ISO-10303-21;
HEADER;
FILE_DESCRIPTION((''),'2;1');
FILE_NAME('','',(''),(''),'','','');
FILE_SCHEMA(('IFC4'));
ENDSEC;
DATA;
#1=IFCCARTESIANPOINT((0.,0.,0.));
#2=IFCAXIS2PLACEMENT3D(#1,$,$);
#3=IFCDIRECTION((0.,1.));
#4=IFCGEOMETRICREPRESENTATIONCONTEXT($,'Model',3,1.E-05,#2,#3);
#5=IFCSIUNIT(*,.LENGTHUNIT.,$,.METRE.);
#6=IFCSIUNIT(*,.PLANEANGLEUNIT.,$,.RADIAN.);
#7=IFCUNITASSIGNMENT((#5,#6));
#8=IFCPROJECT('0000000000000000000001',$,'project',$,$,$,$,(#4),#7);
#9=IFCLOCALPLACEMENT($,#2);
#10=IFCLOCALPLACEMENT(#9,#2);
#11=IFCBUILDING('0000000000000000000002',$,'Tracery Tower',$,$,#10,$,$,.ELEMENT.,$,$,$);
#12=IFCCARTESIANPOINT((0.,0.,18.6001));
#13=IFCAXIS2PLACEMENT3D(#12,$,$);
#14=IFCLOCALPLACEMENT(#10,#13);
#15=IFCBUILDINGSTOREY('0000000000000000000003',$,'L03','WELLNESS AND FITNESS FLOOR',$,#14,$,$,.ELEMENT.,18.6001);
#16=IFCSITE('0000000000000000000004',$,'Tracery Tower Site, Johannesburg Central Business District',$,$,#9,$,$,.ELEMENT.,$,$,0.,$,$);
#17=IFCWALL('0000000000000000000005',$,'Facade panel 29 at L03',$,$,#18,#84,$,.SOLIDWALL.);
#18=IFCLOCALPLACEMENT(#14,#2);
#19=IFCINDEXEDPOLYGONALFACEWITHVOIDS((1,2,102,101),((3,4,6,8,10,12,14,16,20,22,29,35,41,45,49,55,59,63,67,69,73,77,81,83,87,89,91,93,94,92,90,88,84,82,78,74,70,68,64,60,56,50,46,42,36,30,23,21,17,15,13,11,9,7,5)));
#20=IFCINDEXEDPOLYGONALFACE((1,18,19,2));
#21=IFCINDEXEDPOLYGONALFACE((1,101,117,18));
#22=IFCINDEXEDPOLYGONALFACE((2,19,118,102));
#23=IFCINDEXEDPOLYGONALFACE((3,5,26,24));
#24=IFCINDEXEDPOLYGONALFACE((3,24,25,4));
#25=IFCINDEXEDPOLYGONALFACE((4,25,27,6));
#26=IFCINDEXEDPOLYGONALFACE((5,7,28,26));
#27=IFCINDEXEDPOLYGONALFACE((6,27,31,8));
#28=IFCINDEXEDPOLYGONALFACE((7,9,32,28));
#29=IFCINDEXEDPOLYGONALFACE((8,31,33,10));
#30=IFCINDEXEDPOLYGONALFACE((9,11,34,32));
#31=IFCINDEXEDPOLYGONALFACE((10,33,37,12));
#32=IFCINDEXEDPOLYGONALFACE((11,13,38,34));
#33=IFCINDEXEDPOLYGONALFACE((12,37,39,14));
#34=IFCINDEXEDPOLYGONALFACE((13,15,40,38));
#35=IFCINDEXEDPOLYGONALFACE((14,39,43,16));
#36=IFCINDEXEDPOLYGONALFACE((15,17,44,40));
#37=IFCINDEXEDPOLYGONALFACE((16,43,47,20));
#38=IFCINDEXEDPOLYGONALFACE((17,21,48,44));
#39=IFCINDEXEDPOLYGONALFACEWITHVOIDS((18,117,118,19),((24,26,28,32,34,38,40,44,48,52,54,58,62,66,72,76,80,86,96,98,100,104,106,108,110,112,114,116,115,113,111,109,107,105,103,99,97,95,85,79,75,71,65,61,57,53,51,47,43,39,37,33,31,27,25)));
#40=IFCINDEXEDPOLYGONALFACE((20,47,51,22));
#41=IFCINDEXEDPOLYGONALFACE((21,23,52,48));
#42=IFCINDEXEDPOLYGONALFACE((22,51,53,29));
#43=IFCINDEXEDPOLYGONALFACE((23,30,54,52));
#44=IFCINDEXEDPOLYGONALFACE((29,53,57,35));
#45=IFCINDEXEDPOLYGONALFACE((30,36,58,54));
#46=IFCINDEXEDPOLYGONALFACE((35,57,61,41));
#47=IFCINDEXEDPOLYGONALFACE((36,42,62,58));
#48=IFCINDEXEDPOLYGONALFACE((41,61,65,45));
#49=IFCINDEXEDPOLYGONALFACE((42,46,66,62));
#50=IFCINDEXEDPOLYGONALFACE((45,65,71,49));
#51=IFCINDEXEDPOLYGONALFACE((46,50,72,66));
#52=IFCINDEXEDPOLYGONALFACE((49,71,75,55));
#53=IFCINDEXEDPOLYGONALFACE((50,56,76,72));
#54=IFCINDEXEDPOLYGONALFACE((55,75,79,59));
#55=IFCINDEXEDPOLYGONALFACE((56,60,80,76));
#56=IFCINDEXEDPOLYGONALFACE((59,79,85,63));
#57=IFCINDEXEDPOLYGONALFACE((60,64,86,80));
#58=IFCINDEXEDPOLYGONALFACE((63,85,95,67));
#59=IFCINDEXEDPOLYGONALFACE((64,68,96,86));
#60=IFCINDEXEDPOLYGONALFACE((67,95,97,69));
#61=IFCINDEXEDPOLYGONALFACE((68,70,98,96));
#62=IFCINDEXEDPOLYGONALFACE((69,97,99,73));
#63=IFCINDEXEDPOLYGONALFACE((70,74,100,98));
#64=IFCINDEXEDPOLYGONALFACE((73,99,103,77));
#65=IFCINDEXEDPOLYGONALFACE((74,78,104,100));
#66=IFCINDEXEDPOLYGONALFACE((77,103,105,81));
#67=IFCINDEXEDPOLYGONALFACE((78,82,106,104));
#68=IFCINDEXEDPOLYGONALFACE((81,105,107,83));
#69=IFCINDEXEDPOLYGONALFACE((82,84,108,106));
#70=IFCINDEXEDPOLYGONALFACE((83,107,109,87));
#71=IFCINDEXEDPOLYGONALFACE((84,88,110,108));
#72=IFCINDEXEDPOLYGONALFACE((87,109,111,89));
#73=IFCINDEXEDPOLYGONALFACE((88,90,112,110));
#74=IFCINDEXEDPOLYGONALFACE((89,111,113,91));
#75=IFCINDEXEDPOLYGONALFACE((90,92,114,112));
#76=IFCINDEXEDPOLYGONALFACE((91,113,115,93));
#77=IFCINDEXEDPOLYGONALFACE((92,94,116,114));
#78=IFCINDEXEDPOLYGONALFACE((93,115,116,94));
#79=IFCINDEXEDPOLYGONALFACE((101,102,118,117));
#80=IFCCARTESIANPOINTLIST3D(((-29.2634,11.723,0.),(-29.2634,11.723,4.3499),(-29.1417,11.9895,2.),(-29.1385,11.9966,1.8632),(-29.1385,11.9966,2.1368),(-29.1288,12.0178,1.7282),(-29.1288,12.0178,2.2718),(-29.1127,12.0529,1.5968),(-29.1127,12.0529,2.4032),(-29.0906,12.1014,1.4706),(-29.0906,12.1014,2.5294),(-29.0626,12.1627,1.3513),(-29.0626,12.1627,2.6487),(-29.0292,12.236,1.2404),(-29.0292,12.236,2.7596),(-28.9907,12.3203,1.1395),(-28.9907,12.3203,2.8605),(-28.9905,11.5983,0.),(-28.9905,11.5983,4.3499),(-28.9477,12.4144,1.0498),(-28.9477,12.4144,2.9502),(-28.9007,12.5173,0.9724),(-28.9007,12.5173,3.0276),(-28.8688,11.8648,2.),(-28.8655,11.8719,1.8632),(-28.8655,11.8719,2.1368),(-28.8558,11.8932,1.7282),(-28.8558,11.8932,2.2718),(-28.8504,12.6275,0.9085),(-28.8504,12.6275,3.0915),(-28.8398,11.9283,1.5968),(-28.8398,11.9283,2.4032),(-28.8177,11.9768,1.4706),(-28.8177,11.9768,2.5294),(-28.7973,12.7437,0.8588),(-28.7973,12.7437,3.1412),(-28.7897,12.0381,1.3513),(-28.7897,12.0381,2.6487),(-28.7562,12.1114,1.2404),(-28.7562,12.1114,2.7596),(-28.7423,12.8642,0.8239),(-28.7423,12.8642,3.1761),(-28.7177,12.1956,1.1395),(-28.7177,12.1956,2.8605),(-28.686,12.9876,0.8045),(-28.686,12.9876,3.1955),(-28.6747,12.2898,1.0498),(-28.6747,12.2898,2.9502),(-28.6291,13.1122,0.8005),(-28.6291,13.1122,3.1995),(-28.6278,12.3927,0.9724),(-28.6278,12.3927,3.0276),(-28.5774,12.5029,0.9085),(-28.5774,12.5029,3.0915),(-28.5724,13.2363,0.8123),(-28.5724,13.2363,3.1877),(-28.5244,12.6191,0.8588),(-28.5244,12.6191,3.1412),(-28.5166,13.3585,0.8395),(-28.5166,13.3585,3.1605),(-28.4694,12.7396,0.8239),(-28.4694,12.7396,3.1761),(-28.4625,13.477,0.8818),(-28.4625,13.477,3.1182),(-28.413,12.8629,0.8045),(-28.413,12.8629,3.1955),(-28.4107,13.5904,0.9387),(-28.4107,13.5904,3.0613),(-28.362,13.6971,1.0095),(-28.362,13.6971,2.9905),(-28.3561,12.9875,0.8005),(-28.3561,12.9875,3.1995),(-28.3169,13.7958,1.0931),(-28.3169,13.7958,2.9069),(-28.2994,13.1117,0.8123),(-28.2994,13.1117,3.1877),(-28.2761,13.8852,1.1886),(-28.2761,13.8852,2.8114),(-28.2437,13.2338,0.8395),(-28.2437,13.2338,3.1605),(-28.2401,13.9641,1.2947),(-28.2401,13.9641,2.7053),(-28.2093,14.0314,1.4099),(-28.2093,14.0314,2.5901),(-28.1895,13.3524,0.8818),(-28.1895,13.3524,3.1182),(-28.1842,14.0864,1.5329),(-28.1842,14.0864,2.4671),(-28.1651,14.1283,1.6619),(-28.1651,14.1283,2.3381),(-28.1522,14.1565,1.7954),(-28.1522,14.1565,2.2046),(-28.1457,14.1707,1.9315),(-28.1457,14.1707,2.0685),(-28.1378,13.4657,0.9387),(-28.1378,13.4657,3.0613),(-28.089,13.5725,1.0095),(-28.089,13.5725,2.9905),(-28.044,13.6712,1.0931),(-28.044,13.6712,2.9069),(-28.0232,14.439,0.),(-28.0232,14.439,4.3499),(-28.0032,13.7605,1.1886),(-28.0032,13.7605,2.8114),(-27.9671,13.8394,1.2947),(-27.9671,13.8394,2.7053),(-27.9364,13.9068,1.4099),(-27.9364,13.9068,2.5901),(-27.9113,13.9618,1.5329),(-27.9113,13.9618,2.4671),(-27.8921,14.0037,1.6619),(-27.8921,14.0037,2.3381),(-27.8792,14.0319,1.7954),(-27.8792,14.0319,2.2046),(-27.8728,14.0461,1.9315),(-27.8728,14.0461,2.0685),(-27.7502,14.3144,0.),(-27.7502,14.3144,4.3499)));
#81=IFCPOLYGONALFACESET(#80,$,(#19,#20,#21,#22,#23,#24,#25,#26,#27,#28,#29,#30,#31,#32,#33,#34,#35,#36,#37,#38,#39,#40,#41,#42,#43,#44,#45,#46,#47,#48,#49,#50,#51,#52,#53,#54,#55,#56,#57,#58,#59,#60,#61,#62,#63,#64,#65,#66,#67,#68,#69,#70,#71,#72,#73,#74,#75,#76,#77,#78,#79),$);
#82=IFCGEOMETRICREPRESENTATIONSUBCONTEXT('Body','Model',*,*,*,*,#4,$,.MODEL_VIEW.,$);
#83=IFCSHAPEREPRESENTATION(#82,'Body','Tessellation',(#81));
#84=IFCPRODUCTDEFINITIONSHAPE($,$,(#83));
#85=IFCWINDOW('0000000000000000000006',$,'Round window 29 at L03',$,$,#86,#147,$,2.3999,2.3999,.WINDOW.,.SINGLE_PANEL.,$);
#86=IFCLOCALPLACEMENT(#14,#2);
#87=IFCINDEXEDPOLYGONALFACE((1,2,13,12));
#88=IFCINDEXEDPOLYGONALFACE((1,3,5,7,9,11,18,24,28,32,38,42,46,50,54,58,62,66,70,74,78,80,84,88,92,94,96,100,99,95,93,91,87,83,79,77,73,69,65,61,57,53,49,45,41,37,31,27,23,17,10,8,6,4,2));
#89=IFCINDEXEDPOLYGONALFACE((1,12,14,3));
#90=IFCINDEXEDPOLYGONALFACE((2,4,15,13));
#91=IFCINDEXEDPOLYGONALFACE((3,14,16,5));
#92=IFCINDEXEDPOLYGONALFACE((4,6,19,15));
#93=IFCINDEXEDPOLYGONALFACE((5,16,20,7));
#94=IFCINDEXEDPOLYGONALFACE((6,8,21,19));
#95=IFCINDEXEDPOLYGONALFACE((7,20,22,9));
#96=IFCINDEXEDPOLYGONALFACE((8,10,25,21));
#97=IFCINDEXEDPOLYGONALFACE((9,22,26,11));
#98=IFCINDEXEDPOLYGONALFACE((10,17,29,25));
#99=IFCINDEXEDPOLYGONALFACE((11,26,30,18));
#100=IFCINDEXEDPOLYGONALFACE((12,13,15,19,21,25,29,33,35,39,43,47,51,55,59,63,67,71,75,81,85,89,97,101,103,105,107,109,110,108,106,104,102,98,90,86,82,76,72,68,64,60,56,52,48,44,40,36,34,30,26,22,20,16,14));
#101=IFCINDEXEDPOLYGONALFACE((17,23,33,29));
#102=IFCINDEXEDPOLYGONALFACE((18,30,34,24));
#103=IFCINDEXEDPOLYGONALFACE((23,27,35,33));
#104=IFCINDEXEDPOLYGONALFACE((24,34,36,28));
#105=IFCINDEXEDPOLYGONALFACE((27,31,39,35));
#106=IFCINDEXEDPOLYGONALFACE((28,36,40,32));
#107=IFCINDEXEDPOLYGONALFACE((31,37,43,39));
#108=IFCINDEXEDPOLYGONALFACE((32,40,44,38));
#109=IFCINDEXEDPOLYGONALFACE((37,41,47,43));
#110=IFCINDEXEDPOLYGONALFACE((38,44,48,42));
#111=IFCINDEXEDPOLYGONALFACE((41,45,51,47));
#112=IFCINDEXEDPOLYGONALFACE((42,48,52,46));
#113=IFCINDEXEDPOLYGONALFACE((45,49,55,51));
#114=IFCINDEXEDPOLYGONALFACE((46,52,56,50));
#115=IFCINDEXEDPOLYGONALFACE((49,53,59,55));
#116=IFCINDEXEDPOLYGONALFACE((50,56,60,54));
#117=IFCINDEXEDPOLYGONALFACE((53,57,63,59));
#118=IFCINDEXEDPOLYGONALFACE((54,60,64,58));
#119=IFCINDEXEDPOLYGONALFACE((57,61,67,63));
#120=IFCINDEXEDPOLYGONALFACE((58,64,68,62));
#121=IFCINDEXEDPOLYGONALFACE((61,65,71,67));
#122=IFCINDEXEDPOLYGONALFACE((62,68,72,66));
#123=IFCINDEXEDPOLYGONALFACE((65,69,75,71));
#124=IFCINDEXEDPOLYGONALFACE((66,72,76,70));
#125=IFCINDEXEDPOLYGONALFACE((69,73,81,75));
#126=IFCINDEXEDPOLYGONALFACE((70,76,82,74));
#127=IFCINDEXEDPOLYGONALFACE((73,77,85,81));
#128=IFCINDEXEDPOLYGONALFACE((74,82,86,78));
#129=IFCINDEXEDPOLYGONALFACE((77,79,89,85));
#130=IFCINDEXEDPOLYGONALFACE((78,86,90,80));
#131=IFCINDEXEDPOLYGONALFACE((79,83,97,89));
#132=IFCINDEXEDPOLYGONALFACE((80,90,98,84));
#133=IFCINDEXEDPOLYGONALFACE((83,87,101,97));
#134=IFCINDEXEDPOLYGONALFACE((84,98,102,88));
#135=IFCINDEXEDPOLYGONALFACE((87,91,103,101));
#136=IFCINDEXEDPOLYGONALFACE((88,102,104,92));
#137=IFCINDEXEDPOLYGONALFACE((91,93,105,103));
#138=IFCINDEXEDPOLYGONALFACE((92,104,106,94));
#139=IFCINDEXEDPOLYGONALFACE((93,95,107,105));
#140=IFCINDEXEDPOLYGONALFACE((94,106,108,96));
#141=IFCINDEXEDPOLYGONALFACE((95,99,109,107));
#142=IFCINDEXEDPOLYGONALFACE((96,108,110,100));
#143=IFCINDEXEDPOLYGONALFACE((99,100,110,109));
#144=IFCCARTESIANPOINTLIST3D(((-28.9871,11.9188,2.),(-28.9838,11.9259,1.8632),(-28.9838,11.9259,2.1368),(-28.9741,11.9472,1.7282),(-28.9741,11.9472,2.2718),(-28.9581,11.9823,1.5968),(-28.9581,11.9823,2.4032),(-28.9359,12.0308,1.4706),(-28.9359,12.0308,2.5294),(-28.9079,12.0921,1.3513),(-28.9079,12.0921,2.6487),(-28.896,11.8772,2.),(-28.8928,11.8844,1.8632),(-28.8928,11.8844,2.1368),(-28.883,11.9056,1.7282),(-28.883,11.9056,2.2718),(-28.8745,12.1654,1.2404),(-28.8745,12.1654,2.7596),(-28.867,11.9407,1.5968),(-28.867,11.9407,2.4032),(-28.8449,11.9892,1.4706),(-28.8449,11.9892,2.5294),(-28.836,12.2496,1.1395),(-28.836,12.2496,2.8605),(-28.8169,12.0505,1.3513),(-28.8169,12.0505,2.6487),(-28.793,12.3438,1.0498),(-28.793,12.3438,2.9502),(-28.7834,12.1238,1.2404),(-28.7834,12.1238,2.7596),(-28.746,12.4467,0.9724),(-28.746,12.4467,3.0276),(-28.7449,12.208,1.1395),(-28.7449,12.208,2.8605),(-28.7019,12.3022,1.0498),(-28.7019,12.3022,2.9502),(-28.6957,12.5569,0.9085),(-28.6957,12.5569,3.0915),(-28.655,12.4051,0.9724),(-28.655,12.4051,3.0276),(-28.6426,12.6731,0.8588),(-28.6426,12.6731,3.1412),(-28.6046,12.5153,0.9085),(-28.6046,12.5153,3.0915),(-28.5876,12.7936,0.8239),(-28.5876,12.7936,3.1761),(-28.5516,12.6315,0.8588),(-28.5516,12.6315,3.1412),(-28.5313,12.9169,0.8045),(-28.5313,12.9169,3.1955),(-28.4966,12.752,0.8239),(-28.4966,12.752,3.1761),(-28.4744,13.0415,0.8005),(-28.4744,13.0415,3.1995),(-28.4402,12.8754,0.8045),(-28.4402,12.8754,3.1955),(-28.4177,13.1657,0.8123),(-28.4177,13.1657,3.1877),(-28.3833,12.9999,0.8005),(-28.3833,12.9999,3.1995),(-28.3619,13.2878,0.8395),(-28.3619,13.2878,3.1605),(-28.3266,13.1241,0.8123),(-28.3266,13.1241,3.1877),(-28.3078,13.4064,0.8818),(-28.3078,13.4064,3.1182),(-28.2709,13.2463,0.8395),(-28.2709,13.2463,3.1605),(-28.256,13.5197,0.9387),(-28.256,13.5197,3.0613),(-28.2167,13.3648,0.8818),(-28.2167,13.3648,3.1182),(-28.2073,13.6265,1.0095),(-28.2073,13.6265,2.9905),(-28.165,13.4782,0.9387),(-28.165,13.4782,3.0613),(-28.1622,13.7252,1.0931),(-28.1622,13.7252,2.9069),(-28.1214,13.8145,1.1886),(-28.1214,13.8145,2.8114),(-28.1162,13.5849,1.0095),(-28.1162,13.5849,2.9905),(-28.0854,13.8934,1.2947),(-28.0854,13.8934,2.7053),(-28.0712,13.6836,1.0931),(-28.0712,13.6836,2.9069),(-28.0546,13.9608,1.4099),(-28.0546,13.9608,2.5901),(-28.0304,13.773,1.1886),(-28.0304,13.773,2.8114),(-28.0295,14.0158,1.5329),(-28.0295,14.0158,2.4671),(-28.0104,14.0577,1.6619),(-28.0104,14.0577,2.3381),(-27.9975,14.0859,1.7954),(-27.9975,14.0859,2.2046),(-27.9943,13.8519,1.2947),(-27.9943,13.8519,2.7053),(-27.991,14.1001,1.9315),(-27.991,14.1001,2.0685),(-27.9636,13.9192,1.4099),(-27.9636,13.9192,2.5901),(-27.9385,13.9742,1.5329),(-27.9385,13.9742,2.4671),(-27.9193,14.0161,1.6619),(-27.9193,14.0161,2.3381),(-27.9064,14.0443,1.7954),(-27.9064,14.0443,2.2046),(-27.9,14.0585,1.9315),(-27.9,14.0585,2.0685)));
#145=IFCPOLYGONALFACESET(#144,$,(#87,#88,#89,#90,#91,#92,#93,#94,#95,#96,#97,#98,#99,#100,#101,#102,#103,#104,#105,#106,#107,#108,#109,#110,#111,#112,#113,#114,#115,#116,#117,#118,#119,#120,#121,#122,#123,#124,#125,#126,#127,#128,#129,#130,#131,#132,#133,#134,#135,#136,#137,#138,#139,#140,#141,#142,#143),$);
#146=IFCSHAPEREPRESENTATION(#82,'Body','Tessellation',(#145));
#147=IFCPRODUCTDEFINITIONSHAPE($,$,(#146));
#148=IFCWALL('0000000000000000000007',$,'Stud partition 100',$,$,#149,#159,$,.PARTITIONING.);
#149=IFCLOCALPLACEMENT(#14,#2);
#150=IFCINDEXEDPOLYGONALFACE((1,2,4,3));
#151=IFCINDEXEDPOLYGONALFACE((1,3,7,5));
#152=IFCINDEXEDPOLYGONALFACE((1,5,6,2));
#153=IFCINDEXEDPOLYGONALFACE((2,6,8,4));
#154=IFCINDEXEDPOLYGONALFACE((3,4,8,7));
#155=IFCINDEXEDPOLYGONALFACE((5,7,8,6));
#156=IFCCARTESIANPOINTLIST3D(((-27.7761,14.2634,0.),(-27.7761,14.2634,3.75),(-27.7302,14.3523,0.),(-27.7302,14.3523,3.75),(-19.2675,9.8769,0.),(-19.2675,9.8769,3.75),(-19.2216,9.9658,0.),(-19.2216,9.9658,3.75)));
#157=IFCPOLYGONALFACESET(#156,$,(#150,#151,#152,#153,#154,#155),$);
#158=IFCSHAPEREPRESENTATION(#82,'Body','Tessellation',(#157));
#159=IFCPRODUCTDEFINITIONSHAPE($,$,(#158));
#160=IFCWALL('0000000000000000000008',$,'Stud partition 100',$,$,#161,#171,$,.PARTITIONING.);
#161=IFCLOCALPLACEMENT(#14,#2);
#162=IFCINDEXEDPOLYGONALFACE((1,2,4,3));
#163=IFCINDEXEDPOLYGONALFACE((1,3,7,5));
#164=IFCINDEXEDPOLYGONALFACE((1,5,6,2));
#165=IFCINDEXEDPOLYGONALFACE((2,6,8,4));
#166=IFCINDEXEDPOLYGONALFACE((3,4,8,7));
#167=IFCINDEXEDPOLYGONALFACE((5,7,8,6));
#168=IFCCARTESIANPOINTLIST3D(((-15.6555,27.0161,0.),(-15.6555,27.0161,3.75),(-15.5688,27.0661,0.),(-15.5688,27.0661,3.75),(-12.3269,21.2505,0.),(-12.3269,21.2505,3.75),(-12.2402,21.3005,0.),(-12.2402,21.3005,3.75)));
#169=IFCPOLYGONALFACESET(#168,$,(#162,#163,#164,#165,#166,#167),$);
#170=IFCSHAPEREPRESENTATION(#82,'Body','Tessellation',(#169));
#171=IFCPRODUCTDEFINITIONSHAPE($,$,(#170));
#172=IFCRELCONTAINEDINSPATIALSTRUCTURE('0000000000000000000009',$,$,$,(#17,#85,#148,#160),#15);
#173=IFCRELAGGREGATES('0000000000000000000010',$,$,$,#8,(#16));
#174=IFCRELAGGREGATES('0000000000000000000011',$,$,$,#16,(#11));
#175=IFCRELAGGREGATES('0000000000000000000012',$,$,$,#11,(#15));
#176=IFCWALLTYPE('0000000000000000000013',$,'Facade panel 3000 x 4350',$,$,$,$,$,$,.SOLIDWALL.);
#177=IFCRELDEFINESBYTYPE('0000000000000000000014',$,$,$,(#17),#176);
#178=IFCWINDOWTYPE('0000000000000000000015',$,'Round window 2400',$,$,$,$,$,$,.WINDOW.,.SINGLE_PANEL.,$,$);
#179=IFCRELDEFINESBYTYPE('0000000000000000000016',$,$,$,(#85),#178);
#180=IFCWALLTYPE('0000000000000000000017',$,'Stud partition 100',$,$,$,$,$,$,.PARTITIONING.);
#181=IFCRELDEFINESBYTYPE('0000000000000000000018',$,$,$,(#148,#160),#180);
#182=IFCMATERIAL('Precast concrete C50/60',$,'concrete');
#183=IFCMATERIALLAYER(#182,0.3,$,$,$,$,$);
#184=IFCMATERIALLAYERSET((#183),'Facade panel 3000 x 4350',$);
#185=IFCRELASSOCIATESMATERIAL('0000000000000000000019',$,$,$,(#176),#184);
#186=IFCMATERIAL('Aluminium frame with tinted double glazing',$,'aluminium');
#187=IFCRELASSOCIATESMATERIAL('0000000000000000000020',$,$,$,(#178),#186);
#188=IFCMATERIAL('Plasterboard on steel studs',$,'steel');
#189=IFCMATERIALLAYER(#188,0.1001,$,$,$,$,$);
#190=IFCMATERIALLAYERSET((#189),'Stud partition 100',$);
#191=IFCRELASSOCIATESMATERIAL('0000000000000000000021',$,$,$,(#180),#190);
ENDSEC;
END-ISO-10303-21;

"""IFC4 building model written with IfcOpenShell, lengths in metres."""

from ifc_helpers import new_model, si_unit, direction, frame, frame_2d, origin, origin_2d, place, context, subcontext, project, spatial, rectangle, circle, extrude, material, layer, layer_set, type_object, element, fill, save


model = new_model("IFC4")

# Units and contexts
model_context = context("Model", 3, precision=1e-05, world=origin(), true_north=direction((0.0, 1.0)))
body_context = subcontext(model_context, "Body", "Model", "MODEL_VIEW")
ifc_project = project(units=[si_unit("LENGTHUNIT", "METRE"), si_unit("PLANEANGLEUNIT", "RADIAN")], contexts=[model_context])

# Site, building, storey
site_placement = place(None, origin())
site = spatial("IfcSite", under=ifc_project, at=site_placement, Name="Tracery Tower Site, Johannesburg Central Business District", CompositionType="ELEMENT", RefElevation=0.0)
building_placement = place(site_placement, origin())
building = spatial("IfcBuilding", under=site, at=building_placement, Name="Tracery Tower", CompositionType="ELEMENT")
storey_placement = place(building_placement, frame((0.0, 0.0, 18.6001)))
storey = spatial("IfcBuildingStorey", under=building, at=storey_placement, Name="L03", Description="WELLNESS AND FITNESS FLOOR", CompositionType="ELEMENT", Elevation=18.6001)

# Wall, opening, window
ifc_material_1 = material(Name="Precast concrete C50/60", Category="concrete")
ifc_layer_1 = layer(ifc_material_1, 0.3)
ifc_layer_set_1 = layer_set([ifc_layer_1], Name="Facade panel 3000 x 4350")
wall_type_1 = type_object("IfcWallType", Name="Facade panel 3000 x 4350", PredefinedType="SOLIDWALL", material=ifc_layer_set_1)
ifc_material_2 = material(Name="Aluminium frame with tinted double glazing", Category="aluminium")
window_type = type_object("IfcWindowType", Name="Round window 2400", PartitioningType="SINGLE_PANEL", PredefinedType="WINDOW", material=ifc_material_2)
wall_1_placement = place(storey_placement, frame((-27.8867, 14.3767, 0.0), z_axis=(0.0, 0.0, 1.0), x_axis=(-0.415373, -0.909651, 0.0)))
wall_1 = element("IfcWall", 1, at=wall_1_placement, inside=storey, type_object=wall_type_1, Name="Facade panel 29 at L03", PredefinedType="SOLIDWALL", context=body_context, shape_type="SweptSolid", body=[
    extrude(rectangle(XDim=2.9858, YDim=0.3, at=frame_2d((1.4929, 0.0))), origin(), (0.0, 0.0, 1.0), 4.3499),
])
opening_1_placement = place(wall_1_placement, frame((1.4929, 0.0, 2.0)))
opening_1 = element("IfcOpeningElement", 2, at=opening_1_placement, cuts=wall_1, PredefinedType="OPENING", context=body_context, shape_type="SweptSolid", body=[
    extrude(circle(Radius=1.2, at=origin_2d()), frame((0.0, 0.1599, 0.0), z_axis=(0.0, -1.0, 0.0), x_axis=(1.0, 0.0, 0.0)), (0.0, 0.0, 1.0), 0.3201),
])
window_1_placement = place(opening_1_placement, origin())
window_1 = element("IfcWindow", 3, at=window_1_placement, inside=storey, type_object=window_type, Name="Round window 29 at L03", OverallHeight=2.3999, OverallWidth=2.3999, PartitioningType="SINGLE_PANEL", PredefinedType="WINDOW", context=body_context, shape_type="SweptSolid", body=[
    extrude(circle(Radius=1.2, at=origin_2d()), frame((0.0, 0.1201, 0.0), z_axis=(0.0, -1.0, 0.0), x_axis=(1.0, 0.0, 0.0)), (0.0, 0.0, 1.0), 0.1001),
])
fill(opening_1, window_1)

# Walls
ifc_material_3 = material(Name="Plasterboard on steel studs", Category="steel")
ifc_layer_2 = layer(ifc_material_3, 0.1001)
ifc_layer_set_2 = layer_set([ifc_layer_2], Name="Stud partition 100")
wall_type_2 = type_object("IfcWallType", Name="Stud partition 100", PredefinedType="PARTITIONING", material=ifc_layer_set_2)
wall_2_placement = place(storey_placement, frame((-27.7532, 14.3079, 0.0), z_axis=(0.0, 0.0, 1.0), x_axis=(0.888835, -0.458228, 0.0)))
element("IfcWall", 4, at=wall_2_placement, inside=storey, type_object=wall_type_2, Name="Stud partition 100", PredefinedType="PARTITIONING", context=body_context, shape_type="SweptSolid", body=[
    extrude(rectangle(XDim=9.5728, YDim=0.1001, at=frame_2d((4.7864, 0.0))), origin(), (0.0, 0.0, 1.0), 3.75),
])
wall_3_placement = place(storey_placement, frame((-15.6121, 27.041, 0.0), z_axis=(0.0, 0.0, 1.0), x_axis=(0.499981, -0.866037, 0.0)))
element("IfcWall", 5, at=wall_3_placement, inside=storey, type_object=wall_type_2, Name="Stud partition 100", PredefinedType="PARTITIONING", context=body_context, shape_type="SweptSolid", body=[
    extrude(rectangle(XDim=6.6575, YDim=0.1001, at=frame_2d((3.3286, 0.0))), origin(), (0.0, 0.0, 1.0), 3.75),
])

save(model, "model.ifc")
